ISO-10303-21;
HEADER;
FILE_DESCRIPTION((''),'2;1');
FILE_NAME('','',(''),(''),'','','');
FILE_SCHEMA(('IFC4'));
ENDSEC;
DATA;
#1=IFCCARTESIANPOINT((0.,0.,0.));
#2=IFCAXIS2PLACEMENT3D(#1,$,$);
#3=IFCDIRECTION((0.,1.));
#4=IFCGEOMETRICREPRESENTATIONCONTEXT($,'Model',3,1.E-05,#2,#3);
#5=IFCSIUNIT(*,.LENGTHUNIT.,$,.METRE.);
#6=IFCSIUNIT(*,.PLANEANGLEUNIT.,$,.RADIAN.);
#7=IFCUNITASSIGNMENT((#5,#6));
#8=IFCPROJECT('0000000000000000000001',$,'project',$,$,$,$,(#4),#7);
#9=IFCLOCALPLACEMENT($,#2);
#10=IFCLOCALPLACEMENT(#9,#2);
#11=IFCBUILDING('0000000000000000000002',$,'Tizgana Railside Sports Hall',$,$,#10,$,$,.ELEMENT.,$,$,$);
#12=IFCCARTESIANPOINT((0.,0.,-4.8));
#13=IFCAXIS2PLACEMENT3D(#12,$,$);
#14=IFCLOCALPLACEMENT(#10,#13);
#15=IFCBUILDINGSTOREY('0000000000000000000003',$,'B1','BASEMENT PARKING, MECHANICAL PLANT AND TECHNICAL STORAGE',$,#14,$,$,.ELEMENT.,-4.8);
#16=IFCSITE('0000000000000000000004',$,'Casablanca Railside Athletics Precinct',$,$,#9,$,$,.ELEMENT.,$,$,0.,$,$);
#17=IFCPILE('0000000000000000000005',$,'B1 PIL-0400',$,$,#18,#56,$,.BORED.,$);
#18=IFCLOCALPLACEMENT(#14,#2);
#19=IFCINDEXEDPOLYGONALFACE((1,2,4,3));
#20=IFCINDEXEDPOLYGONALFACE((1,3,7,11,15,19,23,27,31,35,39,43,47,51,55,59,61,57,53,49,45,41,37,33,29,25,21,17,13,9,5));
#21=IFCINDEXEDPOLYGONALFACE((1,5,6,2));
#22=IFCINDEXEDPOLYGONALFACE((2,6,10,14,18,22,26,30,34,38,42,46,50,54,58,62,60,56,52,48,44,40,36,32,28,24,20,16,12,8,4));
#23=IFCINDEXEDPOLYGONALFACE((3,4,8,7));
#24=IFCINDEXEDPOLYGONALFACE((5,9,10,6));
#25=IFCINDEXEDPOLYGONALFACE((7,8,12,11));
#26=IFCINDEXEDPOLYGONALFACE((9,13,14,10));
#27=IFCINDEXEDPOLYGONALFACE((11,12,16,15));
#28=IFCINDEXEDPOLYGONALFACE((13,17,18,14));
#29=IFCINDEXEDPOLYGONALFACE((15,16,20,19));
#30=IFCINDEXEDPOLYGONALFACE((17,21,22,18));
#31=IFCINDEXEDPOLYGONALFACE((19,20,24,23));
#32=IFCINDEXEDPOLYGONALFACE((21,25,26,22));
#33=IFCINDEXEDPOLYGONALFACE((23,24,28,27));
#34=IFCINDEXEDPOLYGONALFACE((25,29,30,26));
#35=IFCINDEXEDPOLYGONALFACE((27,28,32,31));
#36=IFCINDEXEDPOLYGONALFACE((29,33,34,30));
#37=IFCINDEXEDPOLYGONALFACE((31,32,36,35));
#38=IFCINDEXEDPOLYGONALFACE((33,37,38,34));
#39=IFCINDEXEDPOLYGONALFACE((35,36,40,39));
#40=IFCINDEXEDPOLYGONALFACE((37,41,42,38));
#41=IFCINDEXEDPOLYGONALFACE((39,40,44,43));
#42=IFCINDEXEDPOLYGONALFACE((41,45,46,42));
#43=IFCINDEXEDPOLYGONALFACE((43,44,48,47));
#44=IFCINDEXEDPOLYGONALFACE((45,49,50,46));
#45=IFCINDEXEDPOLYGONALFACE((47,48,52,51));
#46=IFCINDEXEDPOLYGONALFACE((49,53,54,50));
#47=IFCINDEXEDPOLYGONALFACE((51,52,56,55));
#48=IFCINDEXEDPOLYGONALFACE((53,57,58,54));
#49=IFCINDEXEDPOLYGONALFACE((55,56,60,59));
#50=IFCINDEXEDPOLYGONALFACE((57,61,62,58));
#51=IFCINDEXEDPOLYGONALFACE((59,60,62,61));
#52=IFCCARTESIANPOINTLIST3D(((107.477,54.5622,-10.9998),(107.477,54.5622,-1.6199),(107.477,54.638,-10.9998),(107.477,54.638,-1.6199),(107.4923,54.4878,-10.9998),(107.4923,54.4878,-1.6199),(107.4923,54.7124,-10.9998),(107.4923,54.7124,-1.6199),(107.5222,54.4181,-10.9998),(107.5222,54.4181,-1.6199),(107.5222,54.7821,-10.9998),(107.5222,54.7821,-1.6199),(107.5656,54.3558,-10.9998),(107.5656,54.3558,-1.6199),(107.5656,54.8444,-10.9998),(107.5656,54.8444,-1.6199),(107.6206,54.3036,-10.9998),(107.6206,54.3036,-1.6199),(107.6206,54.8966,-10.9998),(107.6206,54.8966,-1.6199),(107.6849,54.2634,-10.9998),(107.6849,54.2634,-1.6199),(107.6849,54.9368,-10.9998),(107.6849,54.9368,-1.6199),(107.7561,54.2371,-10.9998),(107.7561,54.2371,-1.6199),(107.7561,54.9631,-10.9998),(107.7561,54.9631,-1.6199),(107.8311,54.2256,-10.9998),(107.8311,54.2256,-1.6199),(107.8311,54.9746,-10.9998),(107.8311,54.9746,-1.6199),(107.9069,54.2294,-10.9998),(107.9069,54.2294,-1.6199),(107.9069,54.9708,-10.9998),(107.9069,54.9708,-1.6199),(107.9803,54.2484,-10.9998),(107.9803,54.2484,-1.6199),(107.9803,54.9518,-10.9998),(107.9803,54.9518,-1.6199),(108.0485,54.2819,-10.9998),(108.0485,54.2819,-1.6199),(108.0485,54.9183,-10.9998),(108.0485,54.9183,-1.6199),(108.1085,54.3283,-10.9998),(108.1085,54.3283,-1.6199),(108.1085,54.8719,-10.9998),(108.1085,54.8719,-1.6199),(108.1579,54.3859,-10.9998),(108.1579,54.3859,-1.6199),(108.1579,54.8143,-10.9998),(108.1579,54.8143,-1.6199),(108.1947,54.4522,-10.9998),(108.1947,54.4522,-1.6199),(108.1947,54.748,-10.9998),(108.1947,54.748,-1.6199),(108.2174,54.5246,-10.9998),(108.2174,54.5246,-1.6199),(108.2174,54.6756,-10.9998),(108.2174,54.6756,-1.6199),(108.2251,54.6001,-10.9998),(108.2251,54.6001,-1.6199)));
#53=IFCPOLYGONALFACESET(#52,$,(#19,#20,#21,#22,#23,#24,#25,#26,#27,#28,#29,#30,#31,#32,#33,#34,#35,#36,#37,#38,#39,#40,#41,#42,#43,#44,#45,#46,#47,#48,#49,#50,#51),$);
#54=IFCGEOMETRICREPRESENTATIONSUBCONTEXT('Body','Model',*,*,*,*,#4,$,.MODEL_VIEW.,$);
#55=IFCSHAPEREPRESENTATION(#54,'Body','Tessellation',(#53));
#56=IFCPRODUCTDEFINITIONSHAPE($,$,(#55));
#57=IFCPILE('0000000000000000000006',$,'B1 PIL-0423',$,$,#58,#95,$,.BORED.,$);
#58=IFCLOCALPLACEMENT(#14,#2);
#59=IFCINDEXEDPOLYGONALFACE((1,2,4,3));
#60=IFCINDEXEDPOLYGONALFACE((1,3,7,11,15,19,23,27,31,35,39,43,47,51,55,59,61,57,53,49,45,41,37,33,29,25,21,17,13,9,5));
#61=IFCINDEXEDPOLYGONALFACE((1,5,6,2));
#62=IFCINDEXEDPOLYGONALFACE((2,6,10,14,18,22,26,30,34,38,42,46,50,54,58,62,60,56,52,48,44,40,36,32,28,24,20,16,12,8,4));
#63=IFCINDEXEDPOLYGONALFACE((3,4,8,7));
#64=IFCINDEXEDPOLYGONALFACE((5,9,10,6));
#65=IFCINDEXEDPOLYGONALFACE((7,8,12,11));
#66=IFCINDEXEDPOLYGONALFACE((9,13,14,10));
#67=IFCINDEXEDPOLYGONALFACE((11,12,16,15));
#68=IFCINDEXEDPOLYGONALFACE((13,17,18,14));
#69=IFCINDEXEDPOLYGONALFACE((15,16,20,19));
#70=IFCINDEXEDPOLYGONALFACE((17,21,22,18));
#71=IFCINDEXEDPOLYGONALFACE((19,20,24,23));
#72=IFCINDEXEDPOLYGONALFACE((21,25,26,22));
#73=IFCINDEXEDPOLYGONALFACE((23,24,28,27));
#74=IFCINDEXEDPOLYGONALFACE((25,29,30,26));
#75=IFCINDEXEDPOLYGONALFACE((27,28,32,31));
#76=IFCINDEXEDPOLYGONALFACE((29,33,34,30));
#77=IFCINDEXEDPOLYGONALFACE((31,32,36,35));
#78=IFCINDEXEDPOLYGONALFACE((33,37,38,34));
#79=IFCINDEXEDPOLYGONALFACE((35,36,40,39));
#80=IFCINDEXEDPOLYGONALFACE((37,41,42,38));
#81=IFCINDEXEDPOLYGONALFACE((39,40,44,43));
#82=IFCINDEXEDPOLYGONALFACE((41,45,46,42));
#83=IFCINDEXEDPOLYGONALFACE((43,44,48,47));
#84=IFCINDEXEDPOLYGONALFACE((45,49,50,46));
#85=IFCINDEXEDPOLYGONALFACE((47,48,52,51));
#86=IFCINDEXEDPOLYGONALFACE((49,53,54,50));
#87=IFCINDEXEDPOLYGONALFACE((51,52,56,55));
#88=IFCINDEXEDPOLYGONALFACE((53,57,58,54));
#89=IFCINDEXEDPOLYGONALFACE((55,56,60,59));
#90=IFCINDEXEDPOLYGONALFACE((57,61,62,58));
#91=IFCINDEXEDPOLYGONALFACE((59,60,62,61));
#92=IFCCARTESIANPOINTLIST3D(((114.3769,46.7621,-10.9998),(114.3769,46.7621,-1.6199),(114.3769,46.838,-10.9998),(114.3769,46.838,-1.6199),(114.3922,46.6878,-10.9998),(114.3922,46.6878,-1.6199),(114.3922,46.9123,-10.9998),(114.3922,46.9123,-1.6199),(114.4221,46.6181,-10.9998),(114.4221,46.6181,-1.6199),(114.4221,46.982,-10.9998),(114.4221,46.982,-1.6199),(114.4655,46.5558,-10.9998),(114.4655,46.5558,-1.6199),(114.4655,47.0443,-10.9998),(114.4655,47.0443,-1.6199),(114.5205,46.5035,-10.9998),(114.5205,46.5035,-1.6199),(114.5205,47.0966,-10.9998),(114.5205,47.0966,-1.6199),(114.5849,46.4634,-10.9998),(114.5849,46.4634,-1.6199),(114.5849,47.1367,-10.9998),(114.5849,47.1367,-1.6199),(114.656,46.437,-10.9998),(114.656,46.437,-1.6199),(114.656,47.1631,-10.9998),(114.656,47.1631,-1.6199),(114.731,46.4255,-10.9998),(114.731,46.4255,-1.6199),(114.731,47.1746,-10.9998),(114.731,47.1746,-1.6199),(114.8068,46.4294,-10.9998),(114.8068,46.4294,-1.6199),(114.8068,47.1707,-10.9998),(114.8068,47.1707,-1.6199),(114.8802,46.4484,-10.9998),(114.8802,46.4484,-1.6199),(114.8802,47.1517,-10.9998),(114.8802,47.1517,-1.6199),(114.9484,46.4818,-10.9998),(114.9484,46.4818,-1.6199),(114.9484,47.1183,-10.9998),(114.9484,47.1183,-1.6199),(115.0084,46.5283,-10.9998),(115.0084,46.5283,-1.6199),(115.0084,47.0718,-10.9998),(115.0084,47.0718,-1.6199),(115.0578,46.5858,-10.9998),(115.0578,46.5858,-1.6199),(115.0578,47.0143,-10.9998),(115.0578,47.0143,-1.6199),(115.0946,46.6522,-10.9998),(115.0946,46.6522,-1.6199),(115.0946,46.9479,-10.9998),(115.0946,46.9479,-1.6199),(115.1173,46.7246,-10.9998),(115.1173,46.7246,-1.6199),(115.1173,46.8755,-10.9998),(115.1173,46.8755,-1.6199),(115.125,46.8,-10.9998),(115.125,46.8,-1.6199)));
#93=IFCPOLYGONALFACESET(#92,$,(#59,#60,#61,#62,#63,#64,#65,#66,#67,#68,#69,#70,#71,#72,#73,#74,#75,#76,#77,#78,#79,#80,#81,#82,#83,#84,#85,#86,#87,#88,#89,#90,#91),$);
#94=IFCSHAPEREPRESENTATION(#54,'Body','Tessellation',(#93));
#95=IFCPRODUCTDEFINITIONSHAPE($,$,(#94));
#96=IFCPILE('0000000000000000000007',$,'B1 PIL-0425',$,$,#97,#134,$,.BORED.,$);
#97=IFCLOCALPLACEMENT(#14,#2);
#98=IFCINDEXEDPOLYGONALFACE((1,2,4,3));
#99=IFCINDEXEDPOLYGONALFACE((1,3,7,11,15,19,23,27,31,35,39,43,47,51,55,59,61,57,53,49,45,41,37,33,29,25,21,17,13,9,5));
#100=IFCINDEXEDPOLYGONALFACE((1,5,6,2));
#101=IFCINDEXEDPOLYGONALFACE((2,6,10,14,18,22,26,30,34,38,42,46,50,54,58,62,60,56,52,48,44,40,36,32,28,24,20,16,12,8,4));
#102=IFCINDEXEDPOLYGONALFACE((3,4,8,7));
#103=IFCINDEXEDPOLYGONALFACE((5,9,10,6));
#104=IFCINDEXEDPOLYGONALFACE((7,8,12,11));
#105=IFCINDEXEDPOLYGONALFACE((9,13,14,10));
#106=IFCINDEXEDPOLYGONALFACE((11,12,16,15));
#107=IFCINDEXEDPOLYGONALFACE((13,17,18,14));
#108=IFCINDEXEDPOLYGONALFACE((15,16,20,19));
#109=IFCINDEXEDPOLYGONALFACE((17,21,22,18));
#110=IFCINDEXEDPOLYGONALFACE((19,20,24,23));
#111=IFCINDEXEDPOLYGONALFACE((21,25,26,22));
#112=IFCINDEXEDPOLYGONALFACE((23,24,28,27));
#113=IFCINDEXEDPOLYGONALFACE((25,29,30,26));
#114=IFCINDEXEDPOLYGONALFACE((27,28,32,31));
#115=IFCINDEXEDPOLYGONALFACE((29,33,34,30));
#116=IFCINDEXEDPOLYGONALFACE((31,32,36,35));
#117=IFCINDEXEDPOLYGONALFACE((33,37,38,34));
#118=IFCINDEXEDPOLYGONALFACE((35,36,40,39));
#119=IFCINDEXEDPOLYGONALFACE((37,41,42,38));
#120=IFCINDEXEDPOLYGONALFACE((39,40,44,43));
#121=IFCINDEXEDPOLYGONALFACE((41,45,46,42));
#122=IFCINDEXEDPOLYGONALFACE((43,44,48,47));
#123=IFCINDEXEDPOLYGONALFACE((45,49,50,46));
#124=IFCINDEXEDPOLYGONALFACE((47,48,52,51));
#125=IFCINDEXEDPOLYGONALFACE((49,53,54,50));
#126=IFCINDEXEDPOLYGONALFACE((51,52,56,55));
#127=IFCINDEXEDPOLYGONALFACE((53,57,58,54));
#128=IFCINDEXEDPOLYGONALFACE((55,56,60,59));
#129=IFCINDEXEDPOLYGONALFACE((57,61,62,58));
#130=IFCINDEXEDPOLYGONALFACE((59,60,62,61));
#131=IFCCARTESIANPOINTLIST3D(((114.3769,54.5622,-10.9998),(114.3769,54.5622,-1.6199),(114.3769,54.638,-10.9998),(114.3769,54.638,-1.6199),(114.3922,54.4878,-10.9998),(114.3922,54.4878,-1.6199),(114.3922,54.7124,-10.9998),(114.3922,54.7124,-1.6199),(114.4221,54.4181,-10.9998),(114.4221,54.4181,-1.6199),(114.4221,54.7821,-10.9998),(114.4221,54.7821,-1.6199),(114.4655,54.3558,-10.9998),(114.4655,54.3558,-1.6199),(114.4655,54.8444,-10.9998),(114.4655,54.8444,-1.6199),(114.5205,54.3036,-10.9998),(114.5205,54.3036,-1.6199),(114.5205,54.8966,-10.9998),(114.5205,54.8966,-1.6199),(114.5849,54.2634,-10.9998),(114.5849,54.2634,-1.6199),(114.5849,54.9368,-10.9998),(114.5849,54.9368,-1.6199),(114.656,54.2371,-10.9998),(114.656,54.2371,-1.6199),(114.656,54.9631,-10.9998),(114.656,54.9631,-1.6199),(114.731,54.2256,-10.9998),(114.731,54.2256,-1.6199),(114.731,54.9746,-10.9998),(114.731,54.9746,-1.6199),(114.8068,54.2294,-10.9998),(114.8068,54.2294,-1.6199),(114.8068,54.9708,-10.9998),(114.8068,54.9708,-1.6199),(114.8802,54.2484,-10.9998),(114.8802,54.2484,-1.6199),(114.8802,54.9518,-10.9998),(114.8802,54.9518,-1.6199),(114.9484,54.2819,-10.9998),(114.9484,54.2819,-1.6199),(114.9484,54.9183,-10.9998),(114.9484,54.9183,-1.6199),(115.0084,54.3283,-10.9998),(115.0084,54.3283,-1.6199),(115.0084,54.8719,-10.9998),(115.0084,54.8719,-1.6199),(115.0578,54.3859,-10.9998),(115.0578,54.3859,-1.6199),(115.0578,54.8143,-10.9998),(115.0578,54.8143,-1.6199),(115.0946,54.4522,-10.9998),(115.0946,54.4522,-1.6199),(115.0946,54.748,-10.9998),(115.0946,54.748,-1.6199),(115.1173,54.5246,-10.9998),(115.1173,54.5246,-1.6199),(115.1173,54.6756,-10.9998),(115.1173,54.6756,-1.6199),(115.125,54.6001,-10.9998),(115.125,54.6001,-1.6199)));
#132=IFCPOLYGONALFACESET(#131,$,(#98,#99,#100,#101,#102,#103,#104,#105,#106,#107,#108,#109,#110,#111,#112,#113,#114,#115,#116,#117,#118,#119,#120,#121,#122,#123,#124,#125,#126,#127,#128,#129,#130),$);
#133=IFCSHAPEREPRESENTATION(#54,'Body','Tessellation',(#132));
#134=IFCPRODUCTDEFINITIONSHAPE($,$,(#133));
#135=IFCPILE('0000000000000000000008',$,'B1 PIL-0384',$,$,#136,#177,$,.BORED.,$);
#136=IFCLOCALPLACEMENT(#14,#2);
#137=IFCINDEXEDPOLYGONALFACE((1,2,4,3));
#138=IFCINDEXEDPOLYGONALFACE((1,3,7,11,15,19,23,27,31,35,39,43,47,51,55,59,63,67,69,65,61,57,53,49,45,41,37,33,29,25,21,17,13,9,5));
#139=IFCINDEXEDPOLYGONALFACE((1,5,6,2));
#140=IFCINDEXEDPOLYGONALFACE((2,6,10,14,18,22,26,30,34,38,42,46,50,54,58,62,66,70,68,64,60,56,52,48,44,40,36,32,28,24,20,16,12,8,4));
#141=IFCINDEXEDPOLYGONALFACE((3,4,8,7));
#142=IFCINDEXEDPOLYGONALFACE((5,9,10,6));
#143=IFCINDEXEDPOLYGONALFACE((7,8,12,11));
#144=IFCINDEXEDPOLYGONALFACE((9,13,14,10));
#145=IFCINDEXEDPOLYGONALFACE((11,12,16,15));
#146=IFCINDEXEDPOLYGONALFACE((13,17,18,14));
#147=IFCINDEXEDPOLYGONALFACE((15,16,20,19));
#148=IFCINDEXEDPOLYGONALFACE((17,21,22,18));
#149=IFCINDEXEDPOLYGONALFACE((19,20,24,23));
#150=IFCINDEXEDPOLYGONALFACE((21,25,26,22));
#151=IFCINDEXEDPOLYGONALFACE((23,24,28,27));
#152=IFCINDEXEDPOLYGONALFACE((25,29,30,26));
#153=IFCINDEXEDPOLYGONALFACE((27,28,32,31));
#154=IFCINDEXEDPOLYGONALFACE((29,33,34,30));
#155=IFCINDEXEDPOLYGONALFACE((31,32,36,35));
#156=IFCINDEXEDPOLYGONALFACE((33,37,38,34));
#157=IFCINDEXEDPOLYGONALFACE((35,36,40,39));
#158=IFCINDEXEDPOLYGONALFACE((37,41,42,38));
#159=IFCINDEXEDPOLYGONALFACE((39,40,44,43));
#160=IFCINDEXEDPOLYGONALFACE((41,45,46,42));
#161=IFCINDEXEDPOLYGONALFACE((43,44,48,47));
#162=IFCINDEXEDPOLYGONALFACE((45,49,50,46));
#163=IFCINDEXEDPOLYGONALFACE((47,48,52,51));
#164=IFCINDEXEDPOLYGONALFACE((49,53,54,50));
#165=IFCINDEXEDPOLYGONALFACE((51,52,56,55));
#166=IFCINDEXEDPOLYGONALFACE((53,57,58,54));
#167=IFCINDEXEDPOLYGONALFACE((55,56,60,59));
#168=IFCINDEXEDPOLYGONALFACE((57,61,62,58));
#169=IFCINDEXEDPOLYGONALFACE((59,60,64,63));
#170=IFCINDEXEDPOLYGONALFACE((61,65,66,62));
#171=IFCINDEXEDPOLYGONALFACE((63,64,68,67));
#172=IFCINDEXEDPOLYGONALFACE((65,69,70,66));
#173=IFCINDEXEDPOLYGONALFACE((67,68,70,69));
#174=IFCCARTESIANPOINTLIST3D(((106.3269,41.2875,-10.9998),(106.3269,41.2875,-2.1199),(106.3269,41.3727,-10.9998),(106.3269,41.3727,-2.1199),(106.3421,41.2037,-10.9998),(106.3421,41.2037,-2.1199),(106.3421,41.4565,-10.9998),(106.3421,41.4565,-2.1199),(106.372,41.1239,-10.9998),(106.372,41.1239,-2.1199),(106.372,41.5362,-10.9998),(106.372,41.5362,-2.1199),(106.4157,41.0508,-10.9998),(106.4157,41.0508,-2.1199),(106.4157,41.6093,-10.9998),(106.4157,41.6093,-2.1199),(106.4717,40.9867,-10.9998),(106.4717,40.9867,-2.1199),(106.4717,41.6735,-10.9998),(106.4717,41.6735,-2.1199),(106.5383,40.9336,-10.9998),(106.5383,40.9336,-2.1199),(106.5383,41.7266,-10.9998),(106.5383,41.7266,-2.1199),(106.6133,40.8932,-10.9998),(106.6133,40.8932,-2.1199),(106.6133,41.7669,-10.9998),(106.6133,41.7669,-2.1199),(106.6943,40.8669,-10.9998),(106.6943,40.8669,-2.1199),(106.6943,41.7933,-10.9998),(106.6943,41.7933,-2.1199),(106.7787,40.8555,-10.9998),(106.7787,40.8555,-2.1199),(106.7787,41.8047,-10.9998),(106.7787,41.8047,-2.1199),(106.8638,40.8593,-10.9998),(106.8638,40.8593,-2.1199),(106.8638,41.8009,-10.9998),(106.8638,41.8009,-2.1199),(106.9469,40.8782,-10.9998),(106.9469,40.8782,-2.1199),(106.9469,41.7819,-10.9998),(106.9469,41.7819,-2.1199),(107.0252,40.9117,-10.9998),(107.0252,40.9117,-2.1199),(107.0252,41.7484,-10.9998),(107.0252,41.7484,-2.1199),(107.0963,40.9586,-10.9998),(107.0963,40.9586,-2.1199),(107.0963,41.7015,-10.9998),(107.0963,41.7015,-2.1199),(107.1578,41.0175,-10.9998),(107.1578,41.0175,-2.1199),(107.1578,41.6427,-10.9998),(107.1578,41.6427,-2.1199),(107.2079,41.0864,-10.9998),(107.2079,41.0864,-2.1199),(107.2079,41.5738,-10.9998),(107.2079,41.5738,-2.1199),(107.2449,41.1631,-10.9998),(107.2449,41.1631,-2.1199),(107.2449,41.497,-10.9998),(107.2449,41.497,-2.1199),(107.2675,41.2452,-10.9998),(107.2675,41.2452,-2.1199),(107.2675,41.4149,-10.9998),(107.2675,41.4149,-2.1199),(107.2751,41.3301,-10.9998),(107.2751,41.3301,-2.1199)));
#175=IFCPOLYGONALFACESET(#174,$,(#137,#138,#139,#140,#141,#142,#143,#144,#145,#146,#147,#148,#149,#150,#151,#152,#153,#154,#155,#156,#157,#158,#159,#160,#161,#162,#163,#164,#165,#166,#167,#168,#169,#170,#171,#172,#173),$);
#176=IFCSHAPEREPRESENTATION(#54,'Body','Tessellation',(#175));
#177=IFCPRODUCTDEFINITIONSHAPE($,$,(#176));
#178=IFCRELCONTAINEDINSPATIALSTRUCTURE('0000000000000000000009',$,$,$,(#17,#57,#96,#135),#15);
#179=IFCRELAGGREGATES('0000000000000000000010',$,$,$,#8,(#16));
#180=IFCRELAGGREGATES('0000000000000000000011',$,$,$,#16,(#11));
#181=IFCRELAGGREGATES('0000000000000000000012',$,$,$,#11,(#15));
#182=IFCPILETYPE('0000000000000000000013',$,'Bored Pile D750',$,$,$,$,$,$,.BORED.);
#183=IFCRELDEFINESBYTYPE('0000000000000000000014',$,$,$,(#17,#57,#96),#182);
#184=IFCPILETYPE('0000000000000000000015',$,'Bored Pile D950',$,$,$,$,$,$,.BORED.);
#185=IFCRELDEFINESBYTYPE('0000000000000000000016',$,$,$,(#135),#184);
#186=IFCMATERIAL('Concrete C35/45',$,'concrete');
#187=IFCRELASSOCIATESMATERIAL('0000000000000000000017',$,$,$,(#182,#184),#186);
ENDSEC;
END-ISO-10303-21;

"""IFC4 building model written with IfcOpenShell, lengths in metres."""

from ifc_helpers import new_model, si_unit, direction, frame, origin, origin_2d, place, context, subcontext, project, spatial, circle, extrude, material, material_profile, profile_set, type_object, element, save


model = new_model("IFC4")

# Units and contexts
model_context = context("Model", 3, precision=1e-05, world=origin(), true_north=direction((0.0, 1.0)))
body_context = subcontext(model_context, "Body", "Model", "MODEL_VIEW")
ifc_project = project(units=[si_unit("LENGTHUNIT", "METRE"), si_unit("PLANEANGLEUNIT", "RADIAN")], contexts=[model_context])

# Site, building, storey
site_placement = place(None, origin())
site = spatial("IfcSite", under=ifc_project, at=site_placement, Name="Casablanca Railside Athletics Precinct", CompositionType="ELEMENT", RefElevation=0.0)
building_placement = place(site_placement, origin())
building = spatial("IfcBuilding", under=site, at=building_placement, Name="Tizgana Railside Sports Hall", CompositionType="ELEMENT")
storey_placement = place(building_placement, frame((0.0, 0.0, -4.8)))
storey = spatial("IfcBuildingStorey", under=building, at=storey_placement, Name="B1", Description="BASEMENT PARKING, MECHANICAL PLANT AND TECHNICAL STORAGE", CompositionType="ELEMENT", Elevation=-4.8)

# Piles
ifc_material_1 = material(Name="Concrete C35/45", Category="concrete")
ifc_material_profile_1 = material_profile(ifc_material_1, circle(Radius=0.375, at=origin_2d()), Name="PILE D750")
ifc_profile_set_1 = profile_set([ifc_material_profile_1], Name="Concrete C35/45")
pile_type_1 = type_object("IfcPileType", Name="Bored Pile D750", PredefinedType="BORED", material=ifc_profile_set_1)
for number, where, z_axis, x_axis, name in (
    (1, (107.8501, 54.6001, -1.6199), (0.0, 0.0, -1.0), (1.0, 0.0, 0.0), "B1 PIL-0400"),
    (2, (114.75, 46.8, -1.6199), (0.0, 0.0, -1.0), (1.0, 0.0, 0.0), "B1 PIL-0423"),
    (3, (114.75, 54.6001, -1.6199), (0.0, 0.0, -1.0), (1.0, 0.0, 0.0), "B1 PIL-0425"),
):
    element("IfcPile", number, at=place(storey_placement, frame(where, z_axis=z_axis, x_axis=x_axis)), inside=storey, type_object=pile_type_1, Name=name, PredefinedType="BORED", context=body_context, shape_type="SweptSolid", body=[
        extrude(circle(Radius=0.375, at=origin_2d()), origin(), (0.0, 0.0, 1.0), 9.3799),
    ])
ifc_material_profile_2 = material_profile(ifc_material_1, circle(Radius=0.4751, at=origin_2d()), Name="PILE D950")
ifc_profile_set_2 = profile_set([ifc_material_profile_2], Name="Concrete C35/45")
pile_type_2 = type_object("IfcPileType", Name="Bored Pile D950", PredefinedType="BORED", material=ifc_profile_set_2)
for number, where, z_axis, x_axis, name in (
    (4, (106.8, 41.3301, -2.1199), (0.0, 0.0, -1.0), (1.0, 0.0, 0.0), "B1 PIL-0384"),
):
    element("IfcPile", number, at=place(storey_placement, frame(where, z_axis=z_axis, x_axis=x_axis)), inside=storey, type_object=pile_type_2, Name=name, PredefinedType="BORED", context=body_context, shape_type="SweptSolid", body=[
        extrude(circle(Radius=0.4751, at=origin_2d()), origin(), (0.0, 0.0, 1.0), 8.8799),
    ])

save(model, "model.ifc")
